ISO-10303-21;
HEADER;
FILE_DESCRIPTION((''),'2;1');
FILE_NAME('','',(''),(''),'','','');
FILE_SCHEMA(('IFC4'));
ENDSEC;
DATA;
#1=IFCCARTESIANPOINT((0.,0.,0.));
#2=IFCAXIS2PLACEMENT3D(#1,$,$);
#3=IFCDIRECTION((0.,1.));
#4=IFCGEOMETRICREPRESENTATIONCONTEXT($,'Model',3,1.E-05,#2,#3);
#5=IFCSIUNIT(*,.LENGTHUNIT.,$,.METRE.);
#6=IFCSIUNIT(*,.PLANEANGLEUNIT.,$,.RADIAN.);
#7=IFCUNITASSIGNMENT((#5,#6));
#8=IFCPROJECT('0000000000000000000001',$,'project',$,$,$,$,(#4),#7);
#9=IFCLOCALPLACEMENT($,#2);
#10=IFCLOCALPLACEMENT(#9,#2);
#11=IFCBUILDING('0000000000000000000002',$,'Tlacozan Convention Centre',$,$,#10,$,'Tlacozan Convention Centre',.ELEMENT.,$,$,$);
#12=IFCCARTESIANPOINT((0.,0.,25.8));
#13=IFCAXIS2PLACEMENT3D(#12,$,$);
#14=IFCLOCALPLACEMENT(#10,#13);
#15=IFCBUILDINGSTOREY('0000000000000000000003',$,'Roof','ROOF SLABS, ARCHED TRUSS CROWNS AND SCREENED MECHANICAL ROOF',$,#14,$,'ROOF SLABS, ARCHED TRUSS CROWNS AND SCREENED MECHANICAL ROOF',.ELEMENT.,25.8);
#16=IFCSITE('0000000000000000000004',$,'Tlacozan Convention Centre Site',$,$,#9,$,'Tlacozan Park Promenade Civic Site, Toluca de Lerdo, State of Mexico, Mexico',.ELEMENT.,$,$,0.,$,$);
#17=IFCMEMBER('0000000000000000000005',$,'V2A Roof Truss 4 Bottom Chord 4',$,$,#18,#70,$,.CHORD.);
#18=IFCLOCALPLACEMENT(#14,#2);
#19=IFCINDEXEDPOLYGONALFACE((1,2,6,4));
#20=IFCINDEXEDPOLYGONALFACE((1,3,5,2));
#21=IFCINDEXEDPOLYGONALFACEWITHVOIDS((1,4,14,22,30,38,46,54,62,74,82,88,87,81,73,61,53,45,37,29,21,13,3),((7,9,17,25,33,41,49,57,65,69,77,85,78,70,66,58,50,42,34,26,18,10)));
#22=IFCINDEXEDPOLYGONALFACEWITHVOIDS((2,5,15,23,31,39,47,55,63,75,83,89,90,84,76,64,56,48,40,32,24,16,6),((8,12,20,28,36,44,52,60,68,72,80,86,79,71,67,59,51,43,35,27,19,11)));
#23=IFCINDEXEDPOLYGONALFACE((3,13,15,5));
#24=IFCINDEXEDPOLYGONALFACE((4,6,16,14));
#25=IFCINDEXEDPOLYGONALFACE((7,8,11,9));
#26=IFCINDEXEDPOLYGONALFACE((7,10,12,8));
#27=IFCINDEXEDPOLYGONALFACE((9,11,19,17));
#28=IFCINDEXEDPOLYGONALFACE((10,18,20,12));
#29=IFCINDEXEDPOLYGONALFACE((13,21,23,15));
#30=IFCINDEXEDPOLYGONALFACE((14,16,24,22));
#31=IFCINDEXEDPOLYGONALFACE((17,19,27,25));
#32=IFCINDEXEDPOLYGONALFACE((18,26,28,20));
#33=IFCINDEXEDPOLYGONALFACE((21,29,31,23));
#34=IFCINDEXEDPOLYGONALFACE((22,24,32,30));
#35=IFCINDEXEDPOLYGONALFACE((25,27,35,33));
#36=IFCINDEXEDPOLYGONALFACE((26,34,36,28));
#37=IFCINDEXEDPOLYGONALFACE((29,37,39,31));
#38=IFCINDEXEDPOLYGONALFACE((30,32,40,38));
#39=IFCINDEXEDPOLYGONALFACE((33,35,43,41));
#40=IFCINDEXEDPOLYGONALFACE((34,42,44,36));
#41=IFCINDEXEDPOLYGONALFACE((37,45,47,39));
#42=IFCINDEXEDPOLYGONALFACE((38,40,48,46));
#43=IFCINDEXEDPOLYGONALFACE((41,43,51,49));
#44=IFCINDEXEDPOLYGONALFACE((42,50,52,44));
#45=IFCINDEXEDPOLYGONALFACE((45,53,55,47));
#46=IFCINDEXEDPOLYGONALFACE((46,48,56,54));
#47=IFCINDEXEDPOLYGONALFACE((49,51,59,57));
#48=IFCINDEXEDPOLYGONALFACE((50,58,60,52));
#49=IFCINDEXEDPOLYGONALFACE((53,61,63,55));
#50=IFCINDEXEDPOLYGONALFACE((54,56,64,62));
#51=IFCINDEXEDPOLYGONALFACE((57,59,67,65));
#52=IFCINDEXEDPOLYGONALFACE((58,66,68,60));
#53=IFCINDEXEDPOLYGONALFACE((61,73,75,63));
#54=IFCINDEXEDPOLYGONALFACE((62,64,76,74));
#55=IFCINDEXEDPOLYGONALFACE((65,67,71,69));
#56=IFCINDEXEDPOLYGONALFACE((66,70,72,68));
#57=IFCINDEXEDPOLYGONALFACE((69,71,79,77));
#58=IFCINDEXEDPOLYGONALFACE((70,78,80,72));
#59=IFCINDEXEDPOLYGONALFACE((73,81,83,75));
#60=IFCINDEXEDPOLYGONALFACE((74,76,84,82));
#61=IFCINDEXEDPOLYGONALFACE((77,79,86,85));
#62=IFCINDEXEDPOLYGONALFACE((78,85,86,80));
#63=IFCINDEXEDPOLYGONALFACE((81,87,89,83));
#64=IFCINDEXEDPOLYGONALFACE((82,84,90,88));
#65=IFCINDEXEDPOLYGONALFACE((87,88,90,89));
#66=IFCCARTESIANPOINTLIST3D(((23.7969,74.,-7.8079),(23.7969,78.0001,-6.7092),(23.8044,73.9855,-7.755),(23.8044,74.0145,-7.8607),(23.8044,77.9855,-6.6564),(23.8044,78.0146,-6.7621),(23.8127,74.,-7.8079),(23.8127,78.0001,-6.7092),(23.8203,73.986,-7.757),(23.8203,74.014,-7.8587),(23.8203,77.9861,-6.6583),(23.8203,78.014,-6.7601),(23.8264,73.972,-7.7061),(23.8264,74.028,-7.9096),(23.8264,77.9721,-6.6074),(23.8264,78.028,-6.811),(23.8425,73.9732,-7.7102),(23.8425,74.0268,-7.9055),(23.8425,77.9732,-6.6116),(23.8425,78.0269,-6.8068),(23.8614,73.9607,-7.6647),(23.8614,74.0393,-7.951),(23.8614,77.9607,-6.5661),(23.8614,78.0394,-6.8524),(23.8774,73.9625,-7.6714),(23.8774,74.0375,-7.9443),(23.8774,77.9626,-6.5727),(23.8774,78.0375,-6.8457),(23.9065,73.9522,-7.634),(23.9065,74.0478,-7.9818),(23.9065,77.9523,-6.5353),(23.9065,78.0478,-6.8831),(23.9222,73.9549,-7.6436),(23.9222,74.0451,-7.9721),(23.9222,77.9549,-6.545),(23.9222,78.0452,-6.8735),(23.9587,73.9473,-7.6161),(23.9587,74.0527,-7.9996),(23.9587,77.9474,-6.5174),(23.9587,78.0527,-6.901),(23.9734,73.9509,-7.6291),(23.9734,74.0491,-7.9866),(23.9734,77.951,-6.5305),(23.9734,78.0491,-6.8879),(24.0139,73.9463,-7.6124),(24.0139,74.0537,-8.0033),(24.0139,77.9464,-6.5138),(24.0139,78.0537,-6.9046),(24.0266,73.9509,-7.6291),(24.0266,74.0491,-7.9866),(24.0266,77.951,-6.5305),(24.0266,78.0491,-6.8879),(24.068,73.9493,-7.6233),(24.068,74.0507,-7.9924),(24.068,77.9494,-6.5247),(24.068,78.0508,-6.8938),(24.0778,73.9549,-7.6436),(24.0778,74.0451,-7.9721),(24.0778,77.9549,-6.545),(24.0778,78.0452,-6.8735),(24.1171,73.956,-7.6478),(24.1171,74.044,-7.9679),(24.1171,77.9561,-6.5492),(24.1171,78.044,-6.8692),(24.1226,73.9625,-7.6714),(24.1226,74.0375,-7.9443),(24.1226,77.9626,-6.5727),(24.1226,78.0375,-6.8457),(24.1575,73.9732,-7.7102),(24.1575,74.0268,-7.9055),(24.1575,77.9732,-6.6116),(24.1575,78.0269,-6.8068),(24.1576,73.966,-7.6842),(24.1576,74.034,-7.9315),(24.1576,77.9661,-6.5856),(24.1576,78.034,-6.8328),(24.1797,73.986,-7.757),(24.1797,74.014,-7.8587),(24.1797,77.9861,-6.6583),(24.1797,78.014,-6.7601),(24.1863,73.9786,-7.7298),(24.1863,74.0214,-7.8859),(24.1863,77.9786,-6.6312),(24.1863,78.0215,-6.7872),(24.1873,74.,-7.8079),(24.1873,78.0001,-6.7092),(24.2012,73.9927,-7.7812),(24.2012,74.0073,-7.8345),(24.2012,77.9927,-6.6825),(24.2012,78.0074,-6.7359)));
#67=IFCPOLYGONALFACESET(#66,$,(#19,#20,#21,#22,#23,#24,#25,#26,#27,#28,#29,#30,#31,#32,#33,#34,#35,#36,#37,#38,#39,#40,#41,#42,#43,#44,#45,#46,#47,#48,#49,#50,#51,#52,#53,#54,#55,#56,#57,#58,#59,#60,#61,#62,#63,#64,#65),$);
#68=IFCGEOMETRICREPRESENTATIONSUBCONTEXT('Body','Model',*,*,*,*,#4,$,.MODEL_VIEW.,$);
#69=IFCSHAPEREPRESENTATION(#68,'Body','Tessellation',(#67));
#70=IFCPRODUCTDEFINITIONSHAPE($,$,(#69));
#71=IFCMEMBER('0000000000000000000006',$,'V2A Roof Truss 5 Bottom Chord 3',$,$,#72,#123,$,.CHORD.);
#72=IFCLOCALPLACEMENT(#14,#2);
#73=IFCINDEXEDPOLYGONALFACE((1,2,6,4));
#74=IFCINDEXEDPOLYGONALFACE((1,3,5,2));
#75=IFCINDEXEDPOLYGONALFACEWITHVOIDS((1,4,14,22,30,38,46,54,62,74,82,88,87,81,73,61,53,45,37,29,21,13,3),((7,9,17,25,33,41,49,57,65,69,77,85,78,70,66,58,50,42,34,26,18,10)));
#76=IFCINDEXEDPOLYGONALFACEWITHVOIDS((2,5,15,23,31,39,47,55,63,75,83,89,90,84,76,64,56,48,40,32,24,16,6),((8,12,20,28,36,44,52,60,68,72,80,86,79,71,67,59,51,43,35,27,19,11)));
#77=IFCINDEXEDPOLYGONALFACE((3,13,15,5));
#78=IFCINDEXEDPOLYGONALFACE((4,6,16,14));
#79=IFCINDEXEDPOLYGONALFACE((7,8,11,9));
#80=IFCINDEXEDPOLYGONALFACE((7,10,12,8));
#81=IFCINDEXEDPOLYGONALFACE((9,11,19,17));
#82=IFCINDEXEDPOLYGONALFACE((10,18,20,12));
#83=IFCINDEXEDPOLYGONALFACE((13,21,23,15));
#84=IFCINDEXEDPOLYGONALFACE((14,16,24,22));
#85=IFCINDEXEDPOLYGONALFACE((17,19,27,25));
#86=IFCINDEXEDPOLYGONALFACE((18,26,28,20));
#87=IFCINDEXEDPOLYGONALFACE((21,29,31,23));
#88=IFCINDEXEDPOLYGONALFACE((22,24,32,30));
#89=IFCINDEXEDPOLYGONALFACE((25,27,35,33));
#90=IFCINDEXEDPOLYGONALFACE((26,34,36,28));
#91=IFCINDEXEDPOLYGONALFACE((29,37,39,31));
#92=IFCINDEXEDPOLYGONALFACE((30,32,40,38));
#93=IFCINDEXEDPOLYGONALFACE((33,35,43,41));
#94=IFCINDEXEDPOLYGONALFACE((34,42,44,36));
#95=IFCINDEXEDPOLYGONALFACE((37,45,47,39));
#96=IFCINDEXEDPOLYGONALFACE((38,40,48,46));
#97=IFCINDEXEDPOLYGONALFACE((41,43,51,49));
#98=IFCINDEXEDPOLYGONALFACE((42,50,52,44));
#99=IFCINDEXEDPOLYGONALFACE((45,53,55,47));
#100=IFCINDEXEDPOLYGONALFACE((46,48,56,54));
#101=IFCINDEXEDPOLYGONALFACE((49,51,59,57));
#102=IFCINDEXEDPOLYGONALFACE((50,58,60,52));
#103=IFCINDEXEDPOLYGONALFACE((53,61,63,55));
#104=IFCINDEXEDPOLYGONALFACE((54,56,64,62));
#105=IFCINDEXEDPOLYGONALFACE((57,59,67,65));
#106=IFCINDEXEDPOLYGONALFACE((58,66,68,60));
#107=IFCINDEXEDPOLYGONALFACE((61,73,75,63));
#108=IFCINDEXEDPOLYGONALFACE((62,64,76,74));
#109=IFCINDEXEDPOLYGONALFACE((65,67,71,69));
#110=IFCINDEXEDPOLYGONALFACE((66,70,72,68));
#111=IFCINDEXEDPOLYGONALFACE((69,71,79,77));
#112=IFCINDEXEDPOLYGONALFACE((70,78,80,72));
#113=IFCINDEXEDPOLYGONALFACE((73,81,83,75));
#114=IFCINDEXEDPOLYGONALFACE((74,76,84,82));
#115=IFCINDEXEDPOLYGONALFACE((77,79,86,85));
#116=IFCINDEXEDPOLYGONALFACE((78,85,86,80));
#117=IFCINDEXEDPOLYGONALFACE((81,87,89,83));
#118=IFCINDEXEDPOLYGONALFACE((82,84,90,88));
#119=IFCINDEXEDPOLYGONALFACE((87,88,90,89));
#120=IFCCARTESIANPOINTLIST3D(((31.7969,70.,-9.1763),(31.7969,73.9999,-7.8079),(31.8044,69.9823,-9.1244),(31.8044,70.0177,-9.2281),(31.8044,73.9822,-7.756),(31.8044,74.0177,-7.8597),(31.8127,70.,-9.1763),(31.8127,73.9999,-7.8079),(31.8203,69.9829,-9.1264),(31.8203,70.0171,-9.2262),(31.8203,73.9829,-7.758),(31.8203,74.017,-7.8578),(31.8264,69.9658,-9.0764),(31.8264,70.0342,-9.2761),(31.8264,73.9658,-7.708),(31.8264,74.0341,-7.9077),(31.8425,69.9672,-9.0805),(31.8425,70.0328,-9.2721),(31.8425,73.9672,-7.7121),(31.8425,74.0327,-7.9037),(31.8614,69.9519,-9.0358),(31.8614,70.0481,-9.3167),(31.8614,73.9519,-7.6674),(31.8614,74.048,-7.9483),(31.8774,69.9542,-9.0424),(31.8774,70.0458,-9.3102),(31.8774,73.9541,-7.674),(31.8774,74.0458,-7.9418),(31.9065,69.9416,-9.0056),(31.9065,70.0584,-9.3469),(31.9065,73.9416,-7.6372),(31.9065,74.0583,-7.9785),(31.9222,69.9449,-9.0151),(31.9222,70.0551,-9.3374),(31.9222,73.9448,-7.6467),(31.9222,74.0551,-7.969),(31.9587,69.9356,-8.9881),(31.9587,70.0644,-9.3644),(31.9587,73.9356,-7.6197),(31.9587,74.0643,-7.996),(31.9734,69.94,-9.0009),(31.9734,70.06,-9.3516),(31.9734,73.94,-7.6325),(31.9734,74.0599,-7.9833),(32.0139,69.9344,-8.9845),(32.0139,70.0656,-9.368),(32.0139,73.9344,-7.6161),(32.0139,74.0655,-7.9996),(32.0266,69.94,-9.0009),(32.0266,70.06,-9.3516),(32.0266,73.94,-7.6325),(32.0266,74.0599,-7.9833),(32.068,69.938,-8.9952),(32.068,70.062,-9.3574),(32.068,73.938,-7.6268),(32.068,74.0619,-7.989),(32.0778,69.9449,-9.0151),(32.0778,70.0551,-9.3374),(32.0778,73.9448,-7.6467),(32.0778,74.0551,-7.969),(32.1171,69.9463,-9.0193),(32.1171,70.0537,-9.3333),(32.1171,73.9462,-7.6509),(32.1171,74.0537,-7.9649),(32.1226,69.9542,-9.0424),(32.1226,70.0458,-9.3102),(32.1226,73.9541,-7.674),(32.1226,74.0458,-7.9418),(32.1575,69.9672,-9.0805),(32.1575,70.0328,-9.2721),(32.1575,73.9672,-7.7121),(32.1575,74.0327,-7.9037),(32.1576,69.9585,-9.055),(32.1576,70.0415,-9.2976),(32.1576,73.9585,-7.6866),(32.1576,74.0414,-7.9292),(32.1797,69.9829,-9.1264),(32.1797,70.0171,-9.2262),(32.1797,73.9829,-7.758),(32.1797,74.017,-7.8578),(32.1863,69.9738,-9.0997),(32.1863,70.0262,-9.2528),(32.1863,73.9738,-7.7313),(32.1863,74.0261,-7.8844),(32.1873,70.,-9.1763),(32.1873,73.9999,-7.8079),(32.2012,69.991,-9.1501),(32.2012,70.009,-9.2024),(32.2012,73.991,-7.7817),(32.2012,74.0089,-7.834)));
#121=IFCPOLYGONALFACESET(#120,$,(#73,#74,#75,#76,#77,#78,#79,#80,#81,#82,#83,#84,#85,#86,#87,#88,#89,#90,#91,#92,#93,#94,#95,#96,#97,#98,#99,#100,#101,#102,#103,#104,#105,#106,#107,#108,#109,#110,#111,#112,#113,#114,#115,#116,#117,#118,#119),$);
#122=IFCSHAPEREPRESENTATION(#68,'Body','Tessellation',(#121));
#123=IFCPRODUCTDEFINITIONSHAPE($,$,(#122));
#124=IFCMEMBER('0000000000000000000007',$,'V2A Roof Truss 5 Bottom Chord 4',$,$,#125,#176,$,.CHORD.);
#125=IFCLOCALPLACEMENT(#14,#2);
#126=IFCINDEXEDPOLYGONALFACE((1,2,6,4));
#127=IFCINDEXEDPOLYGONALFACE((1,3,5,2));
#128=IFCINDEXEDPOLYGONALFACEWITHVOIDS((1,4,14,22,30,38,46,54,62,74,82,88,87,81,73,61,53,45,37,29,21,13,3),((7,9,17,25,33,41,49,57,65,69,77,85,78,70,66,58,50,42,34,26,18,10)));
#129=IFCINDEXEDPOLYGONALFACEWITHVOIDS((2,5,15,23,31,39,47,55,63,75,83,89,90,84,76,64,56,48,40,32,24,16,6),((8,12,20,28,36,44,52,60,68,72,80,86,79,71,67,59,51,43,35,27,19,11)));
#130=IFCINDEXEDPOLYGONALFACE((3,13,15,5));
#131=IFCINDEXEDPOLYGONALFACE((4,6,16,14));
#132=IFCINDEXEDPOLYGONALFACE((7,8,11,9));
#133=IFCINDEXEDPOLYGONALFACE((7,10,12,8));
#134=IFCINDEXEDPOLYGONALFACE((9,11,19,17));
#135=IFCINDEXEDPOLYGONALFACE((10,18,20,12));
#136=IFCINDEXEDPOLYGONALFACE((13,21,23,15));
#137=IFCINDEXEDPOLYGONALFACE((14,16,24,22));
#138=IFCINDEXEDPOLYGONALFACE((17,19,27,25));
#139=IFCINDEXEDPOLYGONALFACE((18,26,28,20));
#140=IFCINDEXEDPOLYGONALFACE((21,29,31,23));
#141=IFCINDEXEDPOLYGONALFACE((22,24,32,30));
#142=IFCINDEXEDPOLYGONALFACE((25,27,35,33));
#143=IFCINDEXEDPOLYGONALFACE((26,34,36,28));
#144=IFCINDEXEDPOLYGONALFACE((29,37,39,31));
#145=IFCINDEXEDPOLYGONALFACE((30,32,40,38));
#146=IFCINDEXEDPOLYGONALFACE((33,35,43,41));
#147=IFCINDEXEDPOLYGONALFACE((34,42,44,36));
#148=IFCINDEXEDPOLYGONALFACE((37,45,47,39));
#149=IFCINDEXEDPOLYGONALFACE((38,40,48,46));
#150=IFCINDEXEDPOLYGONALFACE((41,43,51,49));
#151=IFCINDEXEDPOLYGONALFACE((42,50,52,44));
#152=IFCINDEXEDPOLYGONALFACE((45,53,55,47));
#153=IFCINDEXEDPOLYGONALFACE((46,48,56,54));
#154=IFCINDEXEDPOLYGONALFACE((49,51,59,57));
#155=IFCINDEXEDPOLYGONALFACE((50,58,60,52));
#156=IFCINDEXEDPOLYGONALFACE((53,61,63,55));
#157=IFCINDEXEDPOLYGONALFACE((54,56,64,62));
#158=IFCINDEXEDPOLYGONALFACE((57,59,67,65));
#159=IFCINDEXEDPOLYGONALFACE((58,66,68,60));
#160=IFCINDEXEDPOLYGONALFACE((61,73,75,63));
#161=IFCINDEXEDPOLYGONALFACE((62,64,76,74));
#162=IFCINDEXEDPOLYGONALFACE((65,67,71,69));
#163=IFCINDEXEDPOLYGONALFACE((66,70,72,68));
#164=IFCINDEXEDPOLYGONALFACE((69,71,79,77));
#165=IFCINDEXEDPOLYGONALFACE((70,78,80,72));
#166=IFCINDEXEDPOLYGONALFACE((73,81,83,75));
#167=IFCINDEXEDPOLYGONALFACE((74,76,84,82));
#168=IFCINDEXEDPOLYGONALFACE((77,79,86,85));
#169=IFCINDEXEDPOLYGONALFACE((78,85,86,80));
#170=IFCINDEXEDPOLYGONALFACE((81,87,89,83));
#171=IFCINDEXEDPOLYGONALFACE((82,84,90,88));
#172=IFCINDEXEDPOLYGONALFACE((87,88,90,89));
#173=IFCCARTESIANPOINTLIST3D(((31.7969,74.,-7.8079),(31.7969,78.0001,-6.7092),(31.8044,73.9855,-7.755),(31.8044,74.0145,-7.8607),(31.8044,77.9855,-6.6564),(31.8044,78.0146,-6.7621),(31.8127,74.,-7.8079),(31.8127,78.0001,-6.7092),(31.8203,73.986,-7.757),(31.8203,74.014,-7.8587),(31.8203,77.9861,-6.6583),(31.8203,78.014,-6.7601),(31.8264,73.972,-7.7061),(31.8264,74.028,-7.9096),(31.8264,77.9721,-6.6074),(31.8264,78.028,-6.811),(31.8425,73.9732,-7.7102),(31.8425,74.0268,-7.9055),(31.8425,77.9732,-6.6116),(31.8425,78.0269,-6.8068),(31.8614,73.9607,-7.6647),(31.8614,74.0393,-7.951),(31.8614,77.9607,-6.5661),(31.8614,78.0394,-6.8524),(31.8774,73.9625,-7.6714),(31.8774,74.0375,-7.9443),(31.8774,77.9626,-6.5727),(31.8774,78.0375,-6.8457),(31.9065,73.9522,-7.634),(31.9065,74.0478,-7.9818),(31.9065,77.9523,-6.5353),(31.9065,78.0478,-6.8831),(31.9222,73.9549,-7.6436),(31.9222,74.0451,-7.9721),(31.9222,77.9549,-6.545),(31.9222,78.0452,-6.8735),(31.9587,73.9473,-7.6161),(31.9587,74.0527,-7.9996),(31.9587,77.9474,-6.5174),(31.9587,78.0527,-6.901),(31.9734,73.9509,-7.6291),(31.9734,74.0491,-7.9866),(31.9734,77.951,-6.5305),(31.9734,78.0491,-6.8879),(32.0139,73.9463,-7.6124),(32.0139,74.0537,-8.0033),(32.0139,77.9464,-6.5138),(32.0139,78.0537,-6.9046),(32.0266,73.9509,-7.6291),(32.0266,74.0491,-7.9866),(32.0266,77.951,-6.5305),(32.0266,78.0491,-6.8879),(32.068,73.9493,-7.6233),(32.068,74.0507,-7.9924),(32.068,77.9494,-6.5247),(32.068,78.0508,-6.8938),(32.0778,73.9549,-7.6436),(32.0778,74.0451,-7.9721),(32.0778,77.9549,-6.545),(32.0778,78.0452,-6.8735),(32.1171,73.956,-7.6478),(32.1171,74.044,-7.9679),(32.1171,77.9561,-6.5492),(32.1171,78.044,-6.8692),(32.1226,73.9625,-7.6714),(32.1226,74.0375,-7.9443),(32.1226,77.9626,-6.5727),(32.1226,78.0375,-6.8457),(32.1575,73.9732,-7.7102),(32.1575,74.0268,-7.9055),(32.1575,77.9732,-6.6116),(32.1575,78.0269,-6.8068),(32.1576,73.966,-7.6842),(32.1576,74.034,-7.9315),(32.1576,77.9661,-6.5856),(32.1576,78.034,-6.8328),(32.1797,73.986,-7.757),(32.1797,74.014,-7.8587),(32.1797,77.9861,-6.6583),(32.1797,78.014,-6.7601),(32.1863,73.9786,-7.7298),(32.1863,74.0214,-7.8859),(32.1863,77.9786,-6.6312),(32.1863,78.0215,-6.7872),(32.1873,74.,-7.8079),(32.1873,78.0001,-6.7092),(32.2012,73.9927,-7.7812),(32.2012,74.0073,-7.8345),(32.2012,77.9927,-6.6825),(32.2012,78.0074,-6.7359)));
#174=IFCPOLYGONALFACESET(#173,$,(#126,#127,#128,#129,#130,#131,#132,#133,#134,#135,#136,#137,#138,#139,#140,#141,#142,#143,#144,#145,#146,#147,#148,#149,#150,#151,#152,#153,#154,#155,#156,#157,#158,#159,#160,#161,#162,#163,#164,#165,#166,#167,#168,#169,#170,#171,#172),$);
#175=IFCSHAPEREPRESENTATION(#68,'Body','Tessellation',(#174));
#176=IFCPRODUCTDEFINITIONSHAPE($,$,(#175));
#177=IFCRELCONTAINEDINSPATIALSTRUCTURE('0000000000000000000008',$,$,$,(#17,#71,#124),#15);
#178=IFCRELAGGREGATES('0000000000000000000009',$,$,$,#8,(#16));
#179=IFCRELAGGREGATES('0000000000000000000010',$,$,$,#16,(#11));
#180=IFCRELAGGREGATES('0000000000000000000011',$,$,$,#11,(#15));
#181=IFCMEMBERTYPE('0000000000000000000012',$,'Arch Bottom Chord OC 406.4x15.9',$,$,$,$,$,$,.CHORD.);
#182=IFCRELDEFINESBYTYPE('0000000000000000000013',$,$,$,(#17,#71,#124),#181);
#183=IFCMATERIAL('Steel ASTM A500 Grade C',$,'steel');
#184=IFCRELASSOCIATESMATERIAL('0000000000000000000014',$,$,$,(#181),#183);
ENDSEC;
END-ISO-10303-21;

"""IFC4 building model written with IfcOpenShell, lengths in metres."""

from ifc_helpers import new_model, si_unit, direction, frame, origin, origin_2d, place, context, subcontext, project, spatial, hollow_circle, extrude, material, material_profile, profile_set, type_object, element, save


model = new_model("IFC4")

# Units and contexts
model_context = context("Model", 3, precision=1e-05, world=origin(), true_north=direction((0.0, 1.0)))
body_context = subcontext(model_context, "Body", "Model", "MODEL_VIEW")
ifc_project = project(units=[si_unit("LENGTHUNIT", "METRE"), si_unit("PLANEANGLEUNIT", "RADIAN")], contexts=[model_context])

# Site, building, storey
site_placement = place(None, origin())
site = spatial("IfcSite", under=ifc_project, at=site_placement, Name="Tlacozan Convention Centre Site", LongName="Tlacozan Park Promenade Civic Site, Toluca de Lerdo, State of Mexico, Mexico", CompositionType="ELEMENT", RefElevation=0.0)
building_placement = place(site_placement, origin())
building = spatial("IfcBuilding", under=site, at=building_placement, Name="Tlacozan Convention Centre", LongName="Tlacozan Convention Centre", CompositionType="ELEMENT")
storey_placement = place(building_placement, frame((0.0, 0.0, 25.8)))
storey = spatial("IfcBuildingStorey", under=building, at=storey_placement, Name="Roof", Description="ROOF SLABS, ARCHED TRUSS CROWNS AND SCREENED MECHANICAL ROOF", LongName="ROOF SLABS, ARCHED TRUSS CROWNS AND SCREENED MECHANICAL ROOF", CompositionType="ELEMENT", Elevation=25.8)

# Members
ifc_material_1 = material(Name="Steel ASTM A500 Grade C", Category="steel")
ifc_material_profile_1 = material_profile(ifc_material_1, hollow_circle(Radius=0.2031, WallThickness=0.0159, at=origin_2d()), Name="OC 406.4x15.9")
ifc_profile_set_1 = profile_set([ifc_material_profile_1], Name="Steel ASTM A500 Grade C")
member_type_1 = type_object("IfcMemberType", Name="Arch Bottom Chord OC 406.4x15.9", PredefinedType="CHORD", material=ifc_profile_set_1)
member_1_placement = place(storey_placement, frame((24.0, 74.0, -7.8079), z_axis=(0.0, 0.96429, 0.26485), x_axis=(-1.0, 0.0, 0.0)))
element("IfcMember", 1, at=member_1_placement, inside=storey, type_object=member_type_1, Name="V2A Roof Truss 4 Bottom Chord 4", PredefinedType="CHORD", context=body_context, shape_type="SweptSolid", body=[
    extrude(hollow_circle(Radius=0.2031, WallThickness=0.0159, at=origin_2d()), origin(), (0.0, 0.0, 1.0), 4.1482),
])
member_2_placement = place(storey_placement, frame((32.0, 70.0, -9.1763), z_axis=(0.0, 0.946165, 0.323685), x_axis=(-1.0, 0.0, 0.0)))
element("IfcMember", 2, at=member_2_placement, inside=storey, type_object=member_type_1, Name="V2A Roof Truss 5 Bottom Chord 3", PredefinedType="CHORD", context=body_context, shape_type="SweptSolid", body=[
    extrude(hollow_circle(Radius=0.2031, WallThickness=0.0159, at=origin_2d()), origin(), (0.0, 0.0, 1.0), 4.2275),
])
member_3_placement = place(storey_placement, frame((32.0, 74.0, -7.8079), z_axis=(0.0, 0.96429, 0.26485), x_axis=(-1.0, 0.0, 0.0)))
element("IfcMember", 3, at=member_3_placement, inside=storey, type_object=member_type_1, Name="V2A Roof Truss 5 Bottom Chord 4", PredefinedType="CHORD", context=body_context, shape_type="SweptSolid", body=[
    extrude(hollow_circle(Radius=0.2031, WallThickness=0.0159, at=origin_2d()), origin(), (0.0, 0.0, 1.0), 4.1482),
])

save(model, "model.ifc")
